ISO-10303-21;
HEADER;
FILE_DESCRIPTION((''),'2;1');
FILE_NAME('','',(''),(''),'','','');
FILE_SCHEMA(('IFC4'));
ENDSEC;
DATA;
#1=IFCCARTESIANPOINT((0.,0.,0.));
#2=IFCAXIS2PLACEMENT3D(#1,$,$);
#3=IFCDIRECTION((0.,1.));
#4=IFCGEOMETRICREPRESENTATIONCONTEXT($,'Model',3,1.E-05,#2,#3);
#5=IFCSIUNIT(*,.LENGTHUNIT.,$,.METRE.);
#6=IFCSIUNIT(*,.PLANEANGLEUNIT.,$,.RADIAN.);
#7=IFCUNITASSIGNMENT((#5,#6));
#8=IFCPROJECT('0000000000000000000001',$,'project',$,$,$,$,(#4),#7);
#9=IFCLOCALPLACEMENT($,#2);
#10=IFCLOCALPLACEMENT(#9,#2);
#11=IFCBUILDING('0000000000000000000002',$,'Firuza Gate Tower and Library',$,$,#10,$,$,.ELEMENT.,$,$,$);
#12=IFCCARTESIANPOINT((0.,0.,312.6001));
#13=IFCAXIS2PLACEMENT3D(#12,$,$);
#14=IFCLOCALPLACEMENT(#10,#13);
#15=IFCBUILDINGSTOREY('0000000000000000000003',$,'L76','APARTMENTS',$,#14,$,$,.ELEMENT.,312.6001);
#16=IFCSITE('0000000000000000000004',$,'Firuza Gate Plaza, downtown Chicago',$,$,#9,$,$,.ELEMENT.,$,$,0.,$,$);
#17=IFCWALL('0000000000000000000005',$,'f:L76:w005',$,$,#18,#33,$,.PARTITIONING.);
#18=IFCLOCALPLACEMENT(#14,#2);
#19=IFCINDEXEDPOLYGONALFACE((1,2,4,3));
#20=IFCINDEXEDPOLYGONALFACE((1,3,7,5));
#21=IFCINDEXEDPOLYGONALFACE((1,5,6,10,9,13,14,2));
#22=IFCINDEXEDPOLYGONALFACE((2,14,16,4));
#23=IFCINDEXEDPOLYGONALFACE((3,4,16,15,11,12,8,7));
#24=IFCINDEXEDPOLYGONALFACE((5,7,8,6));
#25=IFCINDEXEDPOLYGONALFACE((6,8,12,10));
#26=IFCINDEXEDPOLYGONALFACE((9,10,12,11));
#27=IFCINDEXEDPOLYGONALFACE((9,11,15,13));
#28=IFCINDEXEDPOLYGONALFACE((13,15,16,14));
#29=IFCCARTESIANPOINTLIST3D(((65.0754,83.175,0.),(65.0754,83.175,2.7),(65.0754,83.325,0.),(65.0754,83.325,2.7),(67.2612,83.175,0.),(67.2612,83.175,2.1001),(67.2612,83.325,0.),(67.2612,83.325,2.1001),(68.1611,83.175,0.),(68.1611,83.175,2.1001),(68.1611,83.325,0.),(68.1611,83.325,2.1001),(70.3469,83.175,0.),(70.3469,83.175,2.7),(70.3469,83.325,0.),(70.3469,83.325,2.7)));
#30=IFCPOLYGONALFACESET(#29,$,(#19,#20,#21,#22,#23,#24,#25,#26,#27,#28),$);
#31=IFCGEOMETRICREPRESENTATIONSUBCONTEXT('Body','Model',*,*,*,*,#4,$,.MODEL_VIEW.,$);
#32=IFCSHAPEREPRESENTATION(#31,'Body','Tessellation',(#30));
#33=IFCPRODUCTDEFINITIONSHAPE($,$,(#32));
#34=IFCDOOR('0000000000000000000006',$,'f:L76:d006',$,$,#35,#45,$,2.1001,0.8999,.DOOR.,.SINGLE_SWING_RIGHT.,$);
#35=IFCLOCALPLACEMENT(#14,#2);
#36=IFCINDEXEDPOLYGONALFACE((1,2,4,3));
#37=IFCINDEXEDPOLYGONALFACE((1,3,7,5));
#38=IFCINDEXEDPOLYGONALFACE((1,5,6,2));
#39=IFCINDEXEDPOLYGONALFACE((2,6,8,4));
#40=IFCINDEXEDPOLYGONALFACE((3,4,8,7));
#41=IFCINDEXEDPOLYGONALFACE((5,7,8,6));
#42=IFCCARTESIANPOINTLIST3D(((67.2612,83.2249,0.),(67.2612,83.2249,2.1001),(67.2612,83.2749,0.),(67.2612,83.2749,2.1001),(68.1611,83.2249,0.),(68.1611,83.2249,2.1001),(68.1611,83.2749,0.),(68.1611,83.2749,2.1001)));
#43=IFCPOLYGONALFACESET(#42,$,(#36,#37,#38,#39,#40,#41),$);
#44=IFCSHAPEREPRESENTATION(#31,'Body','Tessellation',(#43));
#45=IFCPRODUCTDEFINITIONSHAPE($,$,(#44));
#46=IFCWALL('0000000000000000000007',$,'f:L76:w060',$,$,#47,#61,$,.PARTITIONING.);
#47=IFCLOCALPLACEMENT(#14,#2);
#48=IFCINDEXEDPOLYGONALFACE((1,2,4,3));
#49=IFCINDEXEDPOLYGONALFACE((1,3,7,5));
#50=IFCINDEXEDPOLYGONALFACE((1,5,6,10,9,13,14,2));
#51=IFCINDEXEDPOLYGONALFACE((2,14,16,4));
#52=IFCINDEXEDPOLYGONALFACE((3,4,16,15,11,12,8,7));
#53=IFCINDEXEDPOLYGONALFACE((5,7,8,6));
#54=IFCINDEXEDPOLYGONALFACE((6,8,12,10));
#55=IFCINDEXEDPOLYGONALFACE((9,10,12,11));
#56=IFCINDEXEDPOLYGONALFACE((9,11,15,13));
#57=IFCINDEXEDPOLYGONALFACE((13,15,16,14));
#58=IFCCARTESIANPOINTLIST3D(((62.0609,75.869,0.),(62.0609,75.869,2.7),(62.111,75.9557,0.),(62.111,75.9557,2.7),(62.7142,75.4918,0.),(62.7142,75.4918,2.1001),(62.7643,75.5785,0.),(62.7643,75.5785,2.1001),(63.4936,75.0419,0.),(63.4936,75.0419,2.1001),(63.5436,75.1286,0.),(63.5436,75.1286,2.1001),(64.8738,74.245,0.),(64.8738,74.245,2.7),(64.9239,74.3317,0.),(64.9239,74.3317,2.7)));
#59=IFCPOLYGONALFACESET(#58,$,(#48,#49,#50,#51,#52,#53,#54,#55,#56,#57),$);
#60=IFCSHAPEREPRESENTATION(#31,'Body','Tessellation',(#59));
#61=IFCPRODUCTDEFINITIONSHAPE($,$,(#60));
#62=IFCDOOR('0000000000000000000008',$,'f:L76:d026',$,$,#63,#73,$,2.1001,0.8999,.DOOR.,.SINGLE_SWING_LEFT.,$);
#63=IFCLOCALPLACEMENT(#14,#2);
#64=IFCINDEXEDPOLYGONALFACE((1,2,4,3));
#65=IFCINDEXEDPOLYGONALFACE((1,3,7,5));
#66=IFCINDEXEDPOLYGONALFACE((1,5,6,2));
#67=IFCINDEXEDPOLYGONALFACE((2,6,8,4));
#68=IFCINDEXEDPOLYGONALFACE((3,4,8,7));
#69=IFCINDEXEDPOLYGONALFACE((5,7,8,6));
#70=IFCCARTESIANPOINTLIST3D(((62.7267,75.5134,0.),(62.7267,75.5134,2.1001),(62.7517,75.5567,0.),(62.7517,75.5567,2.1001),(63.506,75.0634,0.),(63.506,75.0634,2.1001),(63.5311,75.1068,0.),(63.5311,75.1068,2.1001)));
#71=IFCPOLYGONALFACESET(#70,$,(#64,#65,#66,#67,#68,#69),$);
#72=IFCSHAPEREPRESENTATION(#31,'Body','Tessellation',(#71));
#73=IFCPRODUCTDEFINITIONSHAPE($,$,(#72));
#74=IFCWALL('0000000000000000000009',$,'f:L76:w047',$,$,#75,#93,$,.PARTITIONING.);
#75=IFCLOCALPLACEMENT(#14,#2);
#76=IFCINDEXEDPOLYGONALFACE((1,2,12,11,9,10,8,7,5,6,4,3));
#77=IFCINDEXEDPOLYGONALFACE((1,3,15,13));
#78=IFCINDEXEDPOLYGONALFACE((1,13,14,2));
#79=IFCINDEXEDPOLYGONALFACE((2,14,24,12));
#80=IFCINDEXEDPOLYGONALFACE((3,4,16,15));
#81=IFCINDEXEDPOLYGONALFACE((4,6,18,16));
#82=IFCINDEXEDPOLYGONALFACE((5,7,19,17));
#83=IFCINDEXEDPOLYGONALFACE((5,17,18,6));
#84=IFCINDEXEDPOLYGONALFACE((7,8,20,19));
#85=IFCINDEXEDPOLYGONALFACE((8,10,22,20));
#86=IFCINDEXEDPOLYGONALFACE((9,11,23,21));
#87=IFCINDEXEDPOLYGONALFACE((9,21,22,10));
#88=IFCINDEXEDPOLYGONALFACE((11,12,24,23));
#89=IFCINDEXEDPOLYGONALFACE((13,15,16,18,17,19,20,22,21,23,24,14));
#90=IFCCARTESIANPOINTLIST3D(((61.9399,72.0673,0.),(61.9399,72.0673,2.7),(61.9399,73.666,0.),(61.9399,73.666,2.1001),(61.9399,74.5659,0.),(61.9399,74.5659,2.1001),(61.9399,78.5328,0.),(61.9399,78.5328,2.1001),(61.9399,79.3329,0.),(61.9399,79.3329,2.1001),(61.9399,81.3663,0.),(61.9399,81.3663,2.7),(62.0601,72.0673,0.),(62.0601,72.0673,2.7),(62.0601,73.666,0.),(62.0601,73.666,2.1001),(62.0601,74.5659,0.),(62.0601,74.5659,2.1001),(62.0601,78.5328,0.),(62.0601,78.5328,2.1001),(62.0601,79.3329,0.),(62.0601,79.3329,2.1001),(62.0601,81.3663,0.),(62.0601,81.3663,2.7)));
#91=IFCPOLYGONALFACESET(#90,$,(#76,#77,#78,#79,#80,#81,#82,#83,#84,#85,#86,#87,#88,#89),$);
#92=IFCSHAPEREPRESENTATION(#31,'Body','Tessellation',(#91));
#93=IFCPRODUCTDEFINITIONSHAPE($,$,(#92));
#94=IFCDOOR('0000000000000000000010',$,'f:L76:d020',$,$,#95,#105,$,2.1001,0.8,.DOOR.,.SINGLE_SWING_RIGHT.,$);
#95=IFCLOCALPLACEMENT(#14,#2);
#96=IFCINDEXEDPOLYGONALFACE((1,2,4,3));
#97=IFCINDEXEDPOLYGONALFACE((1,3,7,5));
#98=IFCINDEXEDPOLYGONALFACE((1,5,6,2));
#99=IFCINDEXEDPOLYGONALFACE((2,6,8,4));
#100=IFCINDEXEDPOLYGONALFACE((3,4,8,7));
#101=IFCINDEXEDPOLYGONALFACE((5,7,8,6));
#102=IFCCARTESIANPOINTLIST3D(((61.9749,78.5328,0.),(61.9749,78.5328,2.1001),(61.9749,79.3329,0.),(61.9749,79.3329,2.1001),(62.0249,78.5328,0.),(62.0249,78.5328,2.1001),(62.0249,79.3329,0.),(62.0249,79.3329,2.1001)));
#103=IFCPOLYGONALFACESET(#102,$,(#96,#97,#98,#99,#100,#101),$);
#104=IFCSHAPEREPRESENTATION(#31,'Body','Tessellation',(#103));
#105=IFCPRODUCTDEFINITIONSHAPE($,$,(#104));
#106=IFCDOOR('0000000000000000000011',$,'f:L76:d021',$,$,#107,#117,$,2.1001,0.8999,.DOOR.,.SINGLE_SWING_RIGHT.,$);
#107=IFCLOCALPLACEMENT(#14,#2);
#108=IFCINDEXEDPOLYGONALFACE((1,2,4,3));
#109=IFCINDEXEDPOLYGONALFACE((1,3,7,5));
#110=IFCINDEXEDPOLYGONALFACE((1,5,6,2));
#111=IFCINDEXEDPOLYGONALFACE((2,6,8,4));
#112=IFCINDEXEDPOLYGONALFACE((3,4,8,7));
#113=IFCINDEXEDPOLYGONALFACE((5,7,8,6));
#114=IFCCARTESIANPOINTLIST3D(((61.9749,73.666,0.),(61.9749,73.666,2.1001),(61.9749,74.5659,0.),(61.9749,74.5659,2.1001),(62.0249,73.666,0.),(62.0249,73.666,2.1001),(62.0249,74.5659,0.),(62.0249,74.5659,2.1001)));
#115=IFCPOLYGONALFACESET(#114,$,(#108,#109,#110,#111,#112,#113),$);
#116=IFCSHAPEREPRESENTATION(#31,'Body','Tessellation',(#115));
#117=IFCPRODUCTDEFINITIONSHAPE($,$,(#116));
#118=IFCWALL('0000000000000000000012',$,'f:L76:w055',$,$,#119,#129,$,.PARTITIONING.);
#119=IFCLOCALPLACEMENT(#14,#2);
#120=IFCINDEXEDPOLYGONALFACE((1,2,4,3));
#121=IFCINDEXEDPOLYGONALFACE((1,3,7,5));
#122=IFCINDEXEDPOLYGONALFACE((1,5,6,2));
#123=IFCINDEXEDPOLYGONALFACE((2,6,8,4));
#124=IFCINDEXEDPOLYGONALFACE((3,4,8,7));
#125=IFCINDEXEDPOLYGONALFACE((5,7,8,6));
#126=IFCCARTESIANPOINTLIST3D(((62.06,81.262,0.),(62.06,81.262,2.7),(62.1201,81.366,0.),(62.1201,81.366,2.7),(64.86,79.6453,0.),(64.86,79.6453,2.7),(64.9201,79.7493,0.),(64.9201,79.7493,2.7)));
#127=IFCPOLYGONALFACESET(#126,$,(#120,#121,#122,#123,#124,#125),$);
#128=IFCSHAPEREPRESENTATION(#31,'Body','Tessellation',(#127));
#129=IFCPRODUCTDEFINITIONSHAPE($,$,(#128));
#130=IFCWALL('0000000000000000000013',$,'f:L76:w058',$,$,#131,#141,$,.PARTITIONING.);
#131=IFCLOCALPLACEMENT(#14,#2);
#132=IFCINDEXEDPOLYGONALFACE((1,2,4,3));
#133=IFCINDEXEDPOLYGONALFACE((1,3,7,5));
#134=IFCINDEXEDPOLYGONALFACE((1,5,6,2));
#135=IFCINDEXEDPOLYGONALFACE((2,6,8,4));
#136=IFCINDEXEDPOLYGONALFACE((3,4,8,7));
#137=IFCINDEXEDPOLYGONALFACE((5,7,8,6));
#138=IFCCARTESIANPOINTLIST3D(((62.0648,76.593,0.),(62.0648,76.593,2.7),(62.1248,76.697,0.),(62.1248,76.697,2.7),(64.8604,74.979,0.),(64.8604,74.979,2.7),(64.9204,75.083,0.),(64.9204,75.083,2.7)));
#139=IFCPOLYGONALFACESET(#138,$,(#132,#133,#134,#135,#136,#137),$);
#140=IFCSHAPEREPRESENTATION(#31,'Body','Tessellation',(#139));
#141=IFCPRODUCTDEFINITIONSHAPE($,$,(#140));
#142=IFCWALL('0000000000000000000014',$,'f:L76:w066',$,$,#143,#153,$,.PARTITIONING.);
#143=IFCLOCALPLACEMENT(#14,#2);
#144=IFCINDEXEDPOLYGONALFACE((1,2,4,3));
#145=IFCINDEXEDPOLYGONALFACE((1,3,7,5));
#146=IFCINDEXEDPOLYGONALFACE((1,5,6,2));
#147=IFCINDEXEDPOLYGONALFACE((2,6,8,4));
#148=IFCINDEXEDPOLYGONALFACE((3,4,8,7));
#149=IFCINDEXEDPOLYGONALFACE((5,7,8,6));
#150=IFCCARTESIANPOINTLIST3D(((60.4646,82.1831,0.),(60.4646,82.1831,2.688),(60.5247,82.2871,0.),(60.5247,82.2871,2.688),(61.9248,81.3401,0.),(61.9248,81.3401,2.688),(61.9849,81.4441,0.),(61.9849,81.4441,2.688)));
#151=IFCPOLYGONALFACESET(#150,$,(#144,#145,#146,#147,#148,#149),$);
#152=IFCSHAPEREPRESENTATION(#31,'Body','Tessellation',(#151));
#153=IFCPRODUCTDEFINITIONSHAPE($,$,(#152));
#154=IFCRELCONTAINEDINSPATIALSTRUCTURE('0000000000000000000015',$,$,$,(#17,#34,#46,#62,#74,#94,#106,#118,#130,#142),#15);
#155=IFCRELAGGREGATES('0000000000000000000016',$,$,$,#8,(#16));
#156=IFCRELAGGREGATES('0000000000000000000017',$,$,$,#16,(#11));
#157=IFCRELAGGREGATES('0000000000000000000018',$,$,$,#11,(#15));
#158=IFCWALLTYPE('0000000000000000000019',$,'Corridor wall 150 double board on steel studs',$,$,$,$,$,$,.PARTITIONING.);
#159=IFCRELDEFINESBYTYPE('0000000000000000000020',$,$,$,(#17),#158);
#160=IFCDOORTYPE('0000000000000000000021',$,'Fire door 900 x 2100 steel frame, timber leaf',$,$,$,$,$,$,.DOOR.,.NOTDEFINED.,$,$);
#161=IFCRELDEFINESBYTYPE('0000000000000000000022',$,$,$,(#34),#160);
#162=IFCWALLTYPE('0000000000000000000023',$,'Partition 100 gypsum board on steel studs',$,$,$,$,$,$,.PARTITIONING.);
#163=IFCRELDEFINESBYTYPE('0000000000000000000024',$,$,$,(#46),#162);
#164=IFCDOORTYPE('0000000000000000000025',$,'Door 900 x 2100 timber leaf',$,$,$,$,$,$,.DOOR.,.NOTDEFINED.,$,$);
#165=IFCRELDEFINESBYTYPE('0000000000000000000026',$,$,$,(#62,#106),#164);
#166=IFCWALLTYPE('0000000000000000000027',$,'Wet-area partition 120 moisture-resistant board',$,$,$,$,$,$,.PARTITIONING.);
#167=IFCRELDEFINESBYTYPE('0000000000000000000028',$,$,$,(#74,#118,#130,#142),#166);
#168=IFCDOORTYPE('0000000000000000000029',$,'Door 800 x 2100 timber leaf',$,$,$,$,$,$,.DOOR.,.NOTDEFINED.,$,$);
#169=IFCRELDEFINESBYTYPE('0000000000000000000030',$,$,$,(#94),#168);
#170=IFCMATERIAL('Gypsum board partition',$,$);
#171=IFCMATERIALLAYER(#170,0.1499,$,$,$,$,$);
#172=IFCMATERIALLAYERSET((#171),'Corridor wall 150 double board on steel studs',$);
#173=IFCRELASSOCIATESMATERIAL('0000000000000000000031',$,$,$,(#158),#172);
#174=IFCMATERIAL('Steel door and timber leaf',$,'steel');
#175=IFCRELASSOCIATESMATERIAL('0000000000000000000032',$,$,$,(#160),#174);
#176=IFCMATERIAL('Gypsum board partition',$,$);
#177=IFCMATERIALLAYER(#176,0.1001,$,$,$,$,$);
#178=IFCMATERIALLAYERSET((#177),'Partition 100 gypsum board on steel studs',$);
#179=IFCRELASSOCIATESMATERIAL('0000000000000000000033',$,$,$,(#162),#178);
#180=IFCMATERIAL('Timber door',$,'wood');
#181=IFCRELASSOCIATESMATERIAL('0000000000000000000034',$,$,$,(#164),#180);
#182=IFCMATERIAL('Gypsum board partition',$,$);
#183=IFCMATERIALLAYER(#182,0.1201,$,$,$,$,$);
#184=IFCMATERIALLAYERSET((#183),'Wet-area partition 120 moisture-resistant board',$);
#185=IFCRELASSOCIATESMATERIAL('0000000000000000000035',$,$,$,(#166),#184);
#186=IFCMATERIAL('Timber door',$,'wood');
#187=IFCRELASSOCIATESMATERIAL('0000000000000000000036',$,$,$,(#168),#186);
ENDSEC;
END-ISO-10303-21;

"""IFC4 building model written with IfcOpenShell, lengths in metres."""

from ifc_helpers import new_model, si_unit, direction, frame, frame_2d, origin, place, context, subcontext, project, spatial, rectangle, extrude, material, layer, layer_set, type_object, element, fill, save


model = new_model("IFC4")

# Units and contexts
model_context = context("Model", 3, precision=1e-05, world=origin(), true_north=direction((0.0, 1.0)))
body_context = subcontext(model_context, "Body", "Model", "MODEL_VIEW")
ifc_project = project(units=[si_unit("LENGTHUNIT", "METRE"), si_unit("PLANEANGLEUNIT", "RADIAN")], contexts=[model_context])

# Site, building, storey
site_placement = place(None, origin())
site = spatial("IfcSite", under=ifc_project, at=site_placement, Name="Firuza Gate Plaza, downtown Chicago", CompositionType="ELEMENT", RefElevation=0.0)
building_placement = place(site_placement, origin())
building = spatial("IfcBuilding", under=site, at=building_placement, Name="Firuza Gate Tower and Library", CompositionType="ELEMENT")
storey_placement = place(building_placement, frame((0.0, 0.0, 312.6001)))
storey = spatial("IfcBuildingStorey", under=building, at=storey_placement, Name="L76", Description="APARTMENTS", CompositionType="ELEMENT", Elevation=312.6001)

# Walls, openings, doors
ifc_material_1 = material(Name="Gypsum board partition")
ifc_layer_1 = layer(ifc_material_1, 0.1499)
ifc_layer_set_1 = layer_set([ifc_layer_1], Name="Corridor wall 150 double board on steel studs")
wall_type_1 = type_object("IfcWallType", Name="Corridor wall 150 double board on steel studs", PredefinedType="PARTITIONING", material=ifc_layer_set_1)
wall_1_placement = place(storey_placement, frame((65.0754, 83.25, 0.0), z_axis=(0.0, 0.0, 1.0), x_axis=(1.0, 0.0, 0.0)))
wall_1 = element("IfcWall", 1, at=wall_1_placement, inside=storey, type_object=wall_type_1, Name="f:L76:w005", PredefinedType="PARTITIONING", context=body_context, shape_type="SweptSolid", body=[
    extrude(rectangle(XDim=5.2715, YDim=0.1499, at=frame_2d((2.6357, 0.0))), origin(), (0.0, 0.0, 1.0), 2.7),
])
opening_1_placement = place(wall_1_placement, frame((2.1858, 0.0, 0.0)))
opening_1 = element("IfcOpeningElement", 2, at=opening_1_placement, cuts=wall_1, PredefinedType="OPENING", context=body_context, shape_type="SweptSolid", body=[
    extrude(rectangle(XDim=0.8999, YDim=2.1001, at=frame_2d((0.45, 1.05))), frame((0.0, 0.085, 0.0), z_axis=(0.0, -1.0, 0.0), x_axis=(1.0, 0.0, 0.0)), (0.0, 0.0, 1.0), 0.1699),
])
ifc_material_2 = material(Name="Steel door and timber leaf", Category="steel")
door_type_1 = type_object("IfcDoorType", Name="Fire door 900 x 2100 steel frame, timber leaf", OperationType="NOTDEFINED", PredefinedType="DOOR", material=ifc_material_2)
door_1_placement = place(opening_1_placement, origin())
door_1 = element("IfcDoor", 3, at=door_1_placement, inside=storey, type_object=door_type_1, Name="f:L76:d006", OperationType="SINGLE_SWING_RIGHT", OverallHeight=2.1001, OverallWidth=0.8999, PredefinedType="DOOR", context=body_context, shape_type="SweptSolid", body=[
    extrude(rectangle(XDim=0.8999, YDim=2.1001, at=frame_2d((0.45, 1.05))), frame((0.0, 0.0249, 0.0), z_axis=(0.0, -1.0, 0.0), x_axis=(1.0, 0.0, 0.0)), (0.0, 0.0, 1.0), 0.05),
])
fill(opening_1, door_1)
ifc_material_3 = material(Name="Gypsum board partition")
ifc_layer_2 = layer(ifc_material_3, 0.1001)
ifc_layer_set_2 = layer_set([ifc_layer_2], Name="Partition 100 gypsum board on steel studs")
wall_type_2 = type_object("IfcWallType", Name="Partition 100 gypsum board on steel studs", PredefinedType="PARTITIONING", material=ifc_layer_set_2)
wall_2_placement = place(storey_placement, frame((62.0859, 75.9124, 0.0), z_axis=(0.0, 0.0, 1.0), x_axis=(0.866033, -0.499987, 0.0)))
wall_2 = element("IfcWall", 4, at=wall_2_placement, inside=storey, type_object=wall_type_2, Name="f:L76:w060", PredefinedType="PARTITIONING", context=body_context, shape_type="SweptSolid", body=[
    extrude(rectangle(XDim=3.248, YDim=0.1001, at=frame_2d((1.624, 0.0))), origin(), (0.0, 0.0, 1.0), 2.7),
])
opening_2_placement = place(wall_2_placement, frame((0.7544, 0.0, 0.0)))
opening_2 = element("IfcOpeningElement", 5, at=opening_2_placement, cuts=wall_2, PredefinedType="OPENING", context=body_context, shape_type="SweptSolid", body=[
    extrude(rectangle(XDim=0.8999, YDim=2.1001, at=frame_2d((0.45, 1.05))), frame((0.0, 0.0601, 0.0), z_axis=(0.0, -1.0, 0.0), x_axis=(1.0, 0.0, 0.0)), (0.0, 0.0, 1.0), 0.1201),
])
ifc_material_4 = material(Name="Timber door", Category="wood")
door_type_2 = type_object("IfcDoorType", Name="Door 900 x 2100 timber leaf", OperationType="NOTDEFINED", PredefinedType="DOOR", material=ifc_material_4)
door_2_placement = place(opening_2_placement, origin())
door_2 = element("IfcDoor", 6, at=door_2_placement, inside=storey, type_object=door_type_2, Name="f:L76:d026", OperationType="SINGLE_SWING_LEFT", OverallHeight=2.1001, OverallWidth=0.8999, PredefinedType="DOOR", context=body_context, shape_type="SweptSolid", body=[
    extrude(rectangle(XDim=0.8999, YDim=2.1001, at=frame_2d((0.45, 1.05))), frame((0.0, 0.0249, 0.0), z_axis=(0.0, -1.0, 0.0), x_axis=(1.0, 0.0, 0.0)), (0.0, 0.0, 1.0), 0.05),
])
fill(opening_2, door_2)

# Wall, openings, doors
ifc_material_5 = material(Name="Gypsum board partition")
ifc_layer_3 = layer(ifc_material_5, 0.1201)
ifc_layer_set_3 = layer_set([ifc_layer_3], Name="Wet-area partition 120 moisture-resistant board")
wall_type_3 = type_object("IfcWallType", Name="Wet-area partition 120 moisture-resistant board", PredefinedType="PARTITIONING", material=ifc_layer_set_3)
wall_3_placement = place(storey_placement, frame((62.0, 81.3662, 0.0), z_axis=(0.0, 0.0, 1.0), x_axis=(0.0, -1.0, 0.0)))
wall_3 = element("IfcWall", 7, at=wall_3_placement, inside=storey, type_object=wall_type_3, Name="f:L76:w047", PredefinedType="PARTITIONING", context=body_context, shape_type="SweptSolid", body=[
    extrude(rectangle(XDim=9.2991, YDim=0.1201, at=frame_2d((4.6494, 0.0))), origin(), (0.0, 0.0, 1.0), 2.7),
])
opening_3_placement = place(wall_3_placement, frame((2.0334, 0.0, 0.0)))
opening_3 = element("IfcOpeningElement", 8, at=opening_3_placement, cuts=wall_3, PredefinedType="OPENING", context=body_context, shape_type="SweptSolid", body=[
    extrude(rectangle(XDim=0.8, YDim=2.1001, at=frame_2d((0.3999, 1.05))), frame((0.0, 0.0701, 0.0), z_axis=(0.0, -1.0, 0.0), x_axis=(1.0, 0.0, 0.0)), (0.0, 0.0, 1.0), 0.1401),
])
opening_4_placement = place(wall_3_placement, frame((6.8003, 0.0, 0.0)))
opening_4 = element("IfcOpeningElement", 9, at=opening_4_placement, cuts=wall_3, PredefinedType="OPENING", context=body_context, shape_type="SweptSolid", body=[
    extrude(rectangle(XDim=0.8999, YDim=2.1001, at=frame_2d((0.45, 1.05))), frame((0.0, 0.0701, 0.0), z_axis=(0.0, -1.0, 0.0), x_axis=(1.0, 0.0, 0.0)), (0.0, 0.0, 1.0), 0.1401),
])
ifc_material_6 = material(Name="Timber door", Category="wood")
door_type_3 = type_object("IfcDoorType", Name="Door 800 x 2100 timber leaf", OperationType="NOTDEFINED", PredefinedType="DOOR", material=ifc_material_6)
door_3_placement = place(opening_3_placement, origin())
door_3 = element("IfcDoor", 10, at=door_3_placement, inside=storey, type_object=door_type_3, Name="f:L76:d020", OperationType="SINGLE_SWING_RIGHT", OverallHeight=2.1001, OverallWidth=0.8, PredefinedType="DOOR", context=body_context, shape_type="SweptSolid", body=[
    extrude(rectangle(XDim=0.8, YDim=2.1001, at=frame_2d((0.3999, 1.05))), frame((0.0, 0.0249, 0.0), z_axis=(0.0, -1.0, 0.0), x_axis=(1.0, 0.0, 0.0)), (0.0, 0.0, 1.0), 0.05),
])
fill(opening_3, door_3)
door_4_placement = place(opening_4_placement, origin())
door_4 = element("IfcDoor", 11, at=door_4_placement, inside=storey, type_object=door_type_2, Name="f:L76:d021", OperationType="SINGLE_SWING_RIGHT", OverallHeight=2.1001, OverallWidth=0.8999, PredefinedType="DOOR", context=body_context, shape_type="SweptSolid", body=[
    extrude(rectangle(XDim=0.8999, YDim=2.1001, at=frame_2d((0.45, 1.05))), frame((0.0, 0.0249, 0.0), z_axis=(0.0, -1.0, 0.0), x_axis=(1.0, 0.0, 0.0)), (0.0, 0.0, 1.0), 0.05),
])
fill(opening_4, door_4)

# Walls
wall_4_placement = place(storey_placement, frame((64.8901, 79.6973, 0.0), z_axis=(0.0, 0.0, 1.0), x_axis=(-0.866013, 0.500021, 0.0)))
element("IfcWall", 12, at=wall_4_placement, inside=storey, type_object=wall_type_3, Name="f:L76:w055", PredefinedType="PARTITIONING", context=body_context, shape_type="SweptSolid", body=[
    extrude(rectangle(XDim=3.2332, YDim=0.1201, at=frame_2d((1.6167, 0.0))), origin(), (0.0, 0.0, 1.0), 2.7),
])
wall_5_placement = place(storey_placement, frame((64.8904, 75.031, 0.0), z_axis=(0.0, 0.0, 1.0), x_axis=(-0.866033, 0.499987, 0.0)))
element("IfcWall", 13, at=wall_5_placement, inside=storey, type_object=wall_type_3, Name="f:L76:w058", PredefinedType="PARTITIONING", context=body_context, shape_type="SweptSolid", body=[
    extrude(rectangle(XDim=3.228, YDim=0.1201, at=frame_2d((1.614, 0.0))), origin(), (0.0, 0.0, 1.0), 2.7),
])
wall_6_placement = place(storey_placement, frame((61.9548, 81.3921, 0.0), z_axis=(0.0, 0.0, 1.0), x_axis=(-0.866034, 0.499986, 0.0)))
element("IfcWall", 14, at=wall_6_placement, inside=storey, type_object=wall_type_3, Name="f:L76:w066", PredefinedType="PARTITIONING", context=body_context, shape_type="SweptSolid", body=[
    extrude(rectangle(XDim=1.686, YDim=0.1201, at=frame_2d((0.843, 0.0))), origin(), (0.0, 0.0, 1.0), 2.688),
])

save(model, "model.ifc")
